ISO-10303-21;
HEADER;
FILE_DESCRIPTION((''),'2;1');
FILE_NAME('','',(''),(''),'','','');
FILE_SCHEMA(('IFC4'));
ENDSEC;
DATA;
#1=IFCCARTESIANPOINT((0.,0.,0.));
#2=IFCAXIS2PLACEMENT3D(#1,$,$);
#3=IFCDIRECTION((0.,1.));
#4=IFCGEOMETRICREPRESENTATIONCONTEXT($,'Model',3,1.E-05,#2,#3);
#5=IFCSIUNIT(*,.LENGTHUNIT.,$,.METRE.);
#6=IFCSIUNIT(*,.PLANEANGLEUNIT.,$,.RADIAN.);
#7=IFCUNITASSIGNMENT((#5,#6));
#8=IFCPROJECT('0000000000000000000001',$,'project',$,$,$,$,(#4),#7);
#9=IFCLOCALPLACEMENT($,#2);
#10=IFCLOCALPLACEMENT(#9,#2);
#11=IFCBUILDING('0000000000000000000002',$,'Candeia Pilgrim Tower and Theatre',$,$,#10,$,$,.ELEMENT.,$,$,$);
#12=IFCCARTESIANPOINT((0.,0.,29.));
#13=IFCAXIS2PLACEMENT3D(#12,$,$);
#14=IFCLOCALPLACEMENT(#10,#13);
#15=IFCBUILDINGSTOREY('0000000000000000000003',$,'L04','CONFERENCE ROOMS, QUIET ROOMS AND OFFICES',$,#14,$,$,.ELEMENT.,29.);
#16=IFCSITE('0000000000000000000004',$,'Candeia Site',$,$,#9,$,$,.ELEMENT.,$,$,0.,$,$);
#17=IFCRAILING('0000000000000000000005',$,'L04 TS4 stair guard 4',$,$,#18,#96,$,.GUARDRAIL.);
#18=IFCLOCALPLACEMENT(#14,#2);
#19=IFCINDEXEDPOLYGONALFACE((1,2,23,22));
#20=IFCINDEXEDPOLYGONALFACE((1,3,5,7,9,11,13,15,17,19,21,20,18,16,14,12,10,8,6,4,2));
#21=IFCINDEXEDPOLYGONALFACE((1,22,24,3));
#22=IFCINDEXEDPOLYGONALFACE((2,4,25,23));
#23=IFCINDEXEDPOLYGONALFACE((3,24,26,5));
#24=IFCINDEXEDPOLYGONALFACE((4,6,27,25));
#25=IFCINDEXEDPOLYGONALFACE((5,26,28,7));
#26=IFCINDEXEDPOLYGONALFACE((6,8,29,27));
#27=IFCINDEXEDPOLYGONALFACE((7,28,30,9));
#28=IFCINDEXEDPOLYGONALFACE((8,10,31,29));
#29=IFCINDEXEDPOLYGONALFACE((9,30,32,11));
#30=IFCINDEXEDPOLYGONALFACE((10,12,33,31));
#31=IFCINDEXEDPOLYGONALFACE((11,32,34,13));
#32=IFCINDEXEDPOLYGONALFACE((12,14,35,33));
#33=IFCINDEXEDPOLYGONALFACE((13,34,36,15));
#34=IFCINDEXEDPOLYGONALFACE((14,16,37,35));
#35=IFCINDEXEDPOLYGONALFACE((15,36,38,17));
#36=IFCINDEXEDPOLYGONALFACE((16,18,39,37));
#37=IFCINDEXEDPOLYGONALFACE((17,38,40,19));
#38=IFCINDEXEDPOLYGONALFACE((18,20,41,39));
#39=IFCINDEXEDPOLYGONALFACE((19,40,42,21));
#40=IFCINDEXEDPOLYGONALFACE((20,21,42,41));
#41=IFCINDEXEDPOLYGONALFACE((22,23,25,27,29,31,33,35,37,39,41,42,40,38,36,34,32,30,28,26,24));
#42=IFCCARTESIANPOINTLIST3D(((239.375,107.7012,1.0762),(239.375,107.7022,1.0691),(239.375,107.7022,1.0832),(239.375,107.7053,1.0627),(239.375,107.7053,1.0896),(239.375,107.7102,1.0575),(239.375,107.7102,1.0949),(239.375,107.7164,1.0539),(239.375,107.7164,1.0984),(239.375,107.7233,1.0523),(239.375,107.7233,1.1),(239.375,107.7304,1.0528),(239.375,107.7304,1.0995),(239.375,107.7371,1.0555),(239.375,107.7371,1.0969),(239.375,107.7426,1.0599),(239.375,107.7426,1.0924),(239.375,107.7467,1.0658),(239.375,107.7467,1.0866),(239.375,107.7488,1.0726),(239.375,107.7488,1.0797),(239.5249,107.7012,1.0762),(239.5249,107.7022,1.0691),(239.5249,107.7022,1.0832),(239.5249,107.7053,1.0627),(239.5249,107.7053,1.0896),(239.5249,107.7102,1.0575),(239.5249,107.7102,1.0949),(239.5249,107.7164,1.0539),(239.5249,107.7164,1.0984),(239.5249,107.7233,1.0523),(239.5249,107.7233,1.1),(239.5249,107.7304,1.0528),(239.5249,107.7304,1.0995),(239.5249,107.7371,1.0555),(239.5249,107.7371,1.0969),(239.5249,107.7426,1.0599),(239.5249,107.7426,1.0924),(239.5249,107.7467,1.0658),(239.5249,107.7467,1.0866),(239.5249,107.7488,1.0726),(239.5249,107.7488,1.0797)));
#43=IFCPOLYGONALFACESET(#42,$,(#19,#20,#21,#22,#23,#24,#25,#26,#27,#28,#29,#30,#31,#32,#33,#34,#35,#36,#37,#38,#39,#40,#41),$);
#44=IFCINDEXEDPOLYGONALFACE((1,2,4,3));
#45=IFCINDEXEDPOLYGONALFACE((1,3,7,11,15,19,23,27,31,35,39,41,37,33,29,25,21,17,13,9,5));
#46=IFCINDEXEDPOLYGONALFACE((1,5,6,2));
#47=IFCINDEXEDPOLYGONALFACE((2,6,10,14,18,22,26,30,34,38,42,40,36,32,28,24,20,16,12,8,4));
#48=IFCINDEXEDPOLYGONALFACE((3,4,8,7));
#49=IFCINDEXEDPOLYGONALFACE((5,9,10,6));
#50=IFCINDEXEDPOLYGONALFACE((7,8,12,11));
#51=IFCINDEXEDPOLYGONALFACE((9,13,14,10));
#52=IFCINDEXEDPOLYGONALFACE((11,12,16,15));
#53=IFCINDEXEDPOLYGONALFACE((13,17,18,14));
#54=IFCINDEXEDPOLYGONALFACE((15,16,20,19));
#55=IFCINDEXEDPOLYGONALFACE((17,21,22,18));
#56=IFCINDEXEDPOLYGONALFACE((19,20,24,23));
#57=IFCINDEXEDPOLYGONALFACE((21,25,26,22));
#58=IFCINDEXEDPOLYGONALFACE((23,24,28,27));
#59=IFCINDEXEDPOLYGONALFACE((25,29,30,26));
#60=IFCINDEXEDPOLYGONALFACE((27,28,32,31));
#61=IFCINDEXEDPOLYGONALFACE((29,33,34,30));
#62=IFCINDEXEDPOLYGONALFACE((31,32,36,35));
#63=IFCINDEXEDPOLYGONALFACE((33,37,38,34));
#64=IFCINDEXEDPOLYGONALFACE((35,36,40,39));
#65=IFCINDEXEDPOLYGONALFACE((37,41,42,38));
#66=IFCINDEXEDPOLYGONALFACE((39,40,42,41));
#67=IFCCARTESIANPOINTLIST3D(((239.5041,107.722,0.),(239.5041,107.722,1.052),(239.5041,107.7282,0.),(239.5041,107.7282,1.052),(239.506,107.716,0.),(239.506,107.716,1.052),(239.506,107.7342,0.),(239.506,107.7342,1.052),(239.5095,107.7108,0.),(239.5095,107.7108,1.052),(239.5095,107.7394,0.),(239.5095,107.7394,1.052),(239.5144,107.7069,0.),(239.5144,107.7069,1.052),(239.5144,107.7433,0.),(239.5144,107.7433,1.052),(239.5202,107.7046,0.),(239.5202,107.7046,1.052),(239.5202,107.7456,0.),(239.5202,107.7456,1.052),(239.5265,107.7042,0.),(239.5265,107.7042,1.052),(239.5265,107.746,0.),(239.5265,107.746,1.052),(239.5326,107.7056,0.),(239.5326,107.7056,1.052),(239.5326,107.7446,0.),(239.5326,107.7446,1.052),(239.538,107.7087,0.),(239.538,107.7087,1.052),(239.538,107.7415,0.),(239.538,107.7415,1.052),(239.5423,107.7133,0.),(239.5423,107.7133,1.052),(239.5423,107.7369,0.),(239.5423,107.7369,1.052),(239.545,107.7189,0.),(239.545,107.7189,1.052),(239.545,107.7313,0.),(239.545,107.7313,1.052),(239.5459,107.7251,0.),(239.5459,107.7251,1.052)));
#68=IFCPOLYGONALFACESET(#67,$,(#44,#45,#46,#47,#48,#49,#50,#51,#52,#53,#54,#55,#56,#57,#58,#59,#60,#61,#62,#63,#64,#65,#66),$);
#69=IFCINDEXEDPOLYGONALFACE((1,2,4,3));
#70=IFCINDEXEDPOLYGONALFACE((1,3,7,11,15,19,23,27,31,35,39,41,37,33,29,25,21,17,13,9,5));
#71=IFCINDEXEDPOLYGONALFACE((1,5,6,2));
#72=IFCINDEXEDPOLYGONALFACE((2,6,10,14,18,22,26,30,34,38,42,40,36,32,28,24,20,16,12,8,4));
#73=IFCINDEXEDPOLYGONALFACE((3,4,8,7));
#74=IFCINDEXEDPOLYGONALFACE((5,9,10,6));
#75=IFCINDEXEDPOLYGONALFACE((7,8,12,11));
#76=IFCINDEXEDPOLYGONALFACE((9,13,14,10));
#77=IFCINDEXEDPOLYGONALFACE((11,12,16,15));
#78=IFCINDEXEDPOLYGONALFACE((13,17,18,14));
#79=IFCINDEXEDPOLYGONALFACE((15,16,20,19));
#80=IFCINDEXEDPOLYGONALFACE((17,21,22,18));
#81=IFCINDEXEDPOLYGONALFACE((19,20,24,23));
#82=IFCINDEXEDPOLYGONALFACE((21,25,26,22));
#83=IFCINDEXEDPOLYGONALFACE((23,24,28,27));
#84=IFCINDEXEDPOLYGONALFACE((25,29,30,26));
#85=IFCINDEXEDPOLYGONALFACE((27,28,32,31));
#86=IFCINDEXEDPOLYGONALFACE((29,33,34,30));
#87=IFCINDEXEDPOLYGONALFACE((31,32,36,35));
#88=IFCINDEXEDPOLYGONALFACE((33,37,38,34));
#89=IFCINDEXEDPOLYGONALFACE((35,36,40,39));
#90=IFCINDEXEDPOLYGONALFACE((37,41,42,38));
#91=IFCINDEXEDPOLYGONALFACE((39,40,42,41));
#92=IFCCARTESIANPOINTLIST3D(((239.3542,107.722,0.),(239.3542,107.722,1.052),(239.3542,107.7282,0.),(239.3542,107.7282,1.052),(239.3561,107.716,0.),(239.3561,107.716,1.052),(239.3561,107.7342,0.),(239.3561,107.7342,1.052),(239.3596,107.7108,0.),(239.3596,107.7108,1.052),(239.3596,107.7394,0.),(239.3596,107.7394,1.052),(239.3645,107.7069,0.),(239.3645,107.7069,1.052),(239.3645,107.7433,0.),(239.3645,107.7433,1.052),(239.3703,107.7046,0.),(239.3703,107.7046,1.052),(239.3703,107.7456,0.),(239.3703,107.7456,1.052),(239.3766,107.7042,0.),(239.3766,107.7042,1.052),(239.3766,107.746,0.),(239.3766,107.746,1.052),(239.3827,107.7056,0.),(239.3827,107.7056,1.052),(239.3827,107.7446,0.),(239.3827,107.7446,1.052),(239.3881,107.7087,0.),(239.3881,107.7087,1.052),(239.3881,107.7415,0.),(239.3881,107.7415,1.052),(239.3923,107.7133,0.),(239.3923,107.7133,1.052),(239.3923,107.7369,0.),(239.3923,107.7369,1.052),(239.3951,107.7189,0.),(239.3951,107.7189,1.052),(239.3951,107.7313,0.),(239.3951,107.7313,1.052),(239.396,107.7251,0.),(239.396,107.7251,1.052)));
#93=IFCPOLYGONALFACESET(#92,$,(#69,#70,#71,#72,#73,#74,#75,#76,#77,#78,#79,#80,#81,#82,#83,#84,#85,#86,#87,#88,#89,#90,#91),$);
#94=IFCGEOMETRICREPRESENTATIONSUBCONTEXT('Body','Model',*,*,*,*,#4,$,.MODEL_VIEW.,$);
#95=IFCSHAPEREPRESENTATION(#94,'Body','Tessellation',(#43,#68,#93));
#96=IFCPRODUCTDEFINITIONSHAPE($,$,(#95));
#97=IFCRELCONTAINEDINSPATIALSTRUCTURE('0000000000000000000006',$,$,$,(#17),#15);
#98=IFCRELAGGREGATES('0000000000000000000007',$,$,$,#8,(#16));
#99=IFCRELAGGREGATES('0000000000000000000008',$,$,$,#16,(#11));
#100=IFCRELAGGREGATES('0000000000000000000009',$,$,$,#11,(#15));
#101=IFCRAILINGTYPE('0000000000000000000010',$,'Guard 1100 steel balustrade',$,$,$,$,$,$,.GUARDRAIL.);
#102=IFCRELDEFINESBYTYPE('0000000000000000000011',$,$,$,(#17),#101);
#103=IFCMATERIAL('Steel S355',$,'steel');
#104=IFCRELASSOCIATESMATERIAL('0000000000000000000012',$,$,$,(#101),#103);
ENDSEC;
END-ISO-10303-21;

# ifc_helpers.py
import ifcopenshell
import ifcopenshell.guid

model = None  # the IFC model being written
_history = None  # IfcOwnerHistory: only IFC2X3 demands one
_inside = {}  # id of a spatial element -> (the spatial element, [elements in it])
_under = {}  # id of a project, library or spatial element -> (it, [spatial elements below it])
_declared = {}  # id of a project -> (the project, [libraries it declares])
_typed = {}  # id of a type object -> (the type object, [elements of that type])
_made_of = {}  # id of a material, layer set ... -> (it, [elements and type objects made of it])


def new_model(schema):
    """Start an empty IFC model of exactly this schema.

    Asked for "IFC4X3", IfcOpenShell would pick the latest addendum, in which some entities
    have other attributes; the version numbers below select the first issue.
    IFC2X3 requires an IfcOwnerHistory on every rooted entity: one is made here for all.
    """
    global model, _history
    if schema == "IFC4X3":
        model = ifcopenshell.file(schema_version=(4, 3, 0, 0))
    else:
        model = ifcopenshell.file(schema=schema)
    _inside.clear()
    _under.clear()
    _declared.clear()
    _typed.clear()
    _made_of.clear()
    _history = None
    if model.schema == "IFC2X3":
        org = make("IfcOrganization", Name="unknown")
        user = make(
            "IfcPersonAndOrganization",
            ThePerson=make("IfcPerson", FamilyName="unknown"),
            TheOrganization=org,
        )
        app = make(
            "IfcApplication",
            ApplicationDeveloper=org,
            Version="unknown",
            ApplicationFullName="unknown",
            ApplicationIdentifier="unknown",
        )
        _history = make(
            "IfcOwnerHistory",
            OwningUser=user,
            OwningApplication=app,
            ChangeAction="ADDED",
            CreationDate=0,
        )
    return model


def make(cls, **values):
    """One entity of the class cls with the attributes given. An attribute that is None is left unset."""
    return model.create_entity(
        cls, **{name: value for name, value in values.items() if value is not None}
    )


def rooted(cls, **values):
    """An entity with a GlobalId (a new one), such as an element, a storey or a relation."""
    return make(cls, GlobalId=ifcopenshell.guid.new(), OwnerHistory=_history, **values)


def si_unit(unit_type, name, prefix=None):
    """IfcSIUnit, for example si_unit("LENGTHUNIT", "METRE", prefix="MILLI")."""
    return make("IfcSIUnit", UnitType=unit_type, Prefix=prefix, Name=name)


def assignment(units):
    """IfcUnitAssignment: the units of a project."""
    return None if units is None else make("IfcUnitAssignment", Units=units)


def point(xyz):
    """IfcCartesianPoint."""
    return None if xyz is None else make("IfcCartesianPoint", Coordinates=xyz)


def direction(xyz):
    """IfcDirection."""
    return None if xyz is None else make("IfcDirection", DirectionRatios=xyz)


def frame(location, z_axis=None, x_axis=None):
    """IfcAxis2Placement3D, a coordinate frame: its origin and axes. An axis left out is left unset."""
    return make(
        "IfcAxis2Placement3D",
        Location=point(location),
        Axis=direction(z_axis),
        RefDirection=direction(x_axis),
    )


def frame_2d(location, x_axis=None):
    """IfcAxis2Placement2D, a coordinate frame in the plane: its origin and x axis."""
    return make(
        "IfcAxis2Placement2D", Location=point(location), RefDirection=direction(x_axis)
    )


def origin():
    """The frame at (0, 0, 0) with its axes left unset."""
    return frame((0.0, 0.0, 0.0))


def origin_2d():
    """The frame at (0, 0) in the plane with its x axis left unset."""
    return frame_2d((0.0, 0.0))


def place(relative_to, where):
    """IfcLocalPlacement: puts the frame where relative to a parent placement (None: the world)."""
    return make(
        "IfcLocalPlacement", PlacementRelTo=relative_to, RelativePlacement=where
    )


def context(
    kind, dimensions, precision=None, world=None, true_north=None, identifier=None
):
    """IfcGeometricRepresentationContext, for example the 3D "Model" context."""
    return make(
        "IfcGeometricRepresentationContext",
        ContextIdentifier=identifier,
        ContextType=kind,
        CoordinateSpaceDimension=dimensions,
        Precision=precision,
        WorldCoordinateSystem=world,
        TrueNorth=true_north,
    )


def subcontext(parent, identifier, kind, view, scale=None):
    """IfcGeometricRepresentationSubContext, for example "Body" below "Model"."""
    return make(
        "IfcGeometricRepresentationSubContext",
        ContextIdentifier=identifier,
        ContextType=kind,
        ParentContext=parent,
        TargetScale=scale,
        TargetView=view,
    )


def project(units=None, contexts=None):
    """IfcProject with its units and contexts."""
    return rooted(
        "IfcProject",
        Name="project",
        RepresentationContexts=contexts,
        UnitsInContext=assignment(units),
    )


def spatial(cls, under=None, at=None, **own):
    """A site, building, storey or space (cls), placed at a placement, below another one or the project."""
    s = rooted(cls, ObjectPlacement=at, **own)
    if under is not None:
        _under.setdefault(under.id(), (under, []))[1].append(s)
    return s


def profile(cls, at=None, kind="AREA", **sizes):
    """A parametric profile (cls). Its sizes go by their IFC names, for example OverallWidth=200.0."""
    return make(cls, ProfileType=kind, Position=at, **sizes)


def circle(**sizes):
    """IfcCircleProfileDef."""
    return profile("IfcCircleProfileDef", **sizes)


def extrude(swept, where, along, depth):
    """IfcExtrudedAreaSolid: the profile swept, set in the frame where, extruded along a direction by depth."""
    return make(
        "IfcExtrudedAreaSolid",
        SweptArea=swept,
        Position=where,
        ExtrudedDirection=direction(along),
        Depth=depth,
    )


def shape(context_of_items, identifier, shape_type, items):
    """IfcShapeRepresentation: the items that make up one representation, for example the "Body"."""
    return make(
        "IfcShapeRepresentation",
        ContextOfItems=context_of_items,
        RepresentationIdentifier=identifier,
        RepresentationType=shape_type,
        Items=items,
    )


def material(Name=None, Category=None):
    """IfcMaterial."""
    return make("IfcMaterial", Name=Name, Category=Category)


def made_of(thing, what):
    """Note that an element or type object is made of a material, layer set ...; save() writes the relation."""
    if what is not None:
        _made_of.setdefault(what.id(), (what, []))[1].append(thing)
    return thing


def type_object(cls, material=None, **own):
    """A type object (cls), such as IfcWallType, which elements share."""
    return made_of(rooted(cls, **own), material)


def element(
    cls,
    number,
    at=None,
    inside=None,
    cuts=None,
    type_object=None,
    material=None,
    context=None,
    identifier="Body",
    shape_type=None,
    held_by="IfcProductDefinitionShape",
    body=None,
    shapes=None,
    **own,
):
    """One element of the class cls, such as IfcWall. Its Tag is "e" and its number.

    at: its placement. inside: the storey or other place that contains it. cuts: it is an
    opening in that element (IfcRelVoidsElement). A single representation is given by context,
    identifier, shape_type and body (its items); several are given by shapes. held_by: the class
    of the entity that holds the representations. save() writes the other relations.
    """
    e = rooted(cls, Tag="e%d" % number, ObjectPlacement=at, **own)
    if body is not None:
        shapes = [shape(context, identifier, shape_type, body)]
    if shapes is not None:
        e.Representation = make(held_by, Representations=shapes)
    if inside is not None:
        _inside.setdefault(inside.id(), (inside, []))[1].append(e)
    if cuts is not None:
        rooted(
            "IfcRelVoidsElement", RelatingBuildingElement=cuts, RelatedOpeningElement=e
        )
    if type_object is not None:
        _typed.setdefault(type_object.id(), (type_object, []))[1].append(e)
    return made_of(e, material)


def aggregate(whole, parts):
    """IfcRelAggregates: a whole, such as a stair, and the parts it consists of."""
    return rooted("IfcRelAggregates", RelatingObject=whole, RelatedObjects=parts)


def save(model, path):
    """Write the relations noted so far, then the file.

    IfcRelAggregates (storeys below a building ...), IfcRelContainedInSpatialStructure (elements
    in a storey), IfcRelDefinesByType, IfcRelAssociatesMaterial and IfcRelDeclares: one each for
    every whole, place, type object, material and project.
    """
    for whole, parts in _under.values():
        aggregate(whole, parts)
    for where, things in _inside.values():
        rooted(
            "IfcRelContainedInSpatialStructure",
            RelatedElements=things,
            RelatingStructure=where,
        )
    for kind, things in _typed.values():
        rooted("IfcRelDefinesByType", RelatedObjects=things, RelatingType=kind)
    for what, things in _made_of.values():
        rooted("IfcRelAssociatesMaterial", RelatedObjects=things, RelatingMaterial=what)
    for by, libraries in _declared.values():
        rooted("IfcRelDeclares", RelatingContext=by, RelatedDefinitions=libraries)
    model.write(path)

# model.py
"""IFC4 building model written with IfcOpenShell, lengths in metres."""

from ifc_helpers import new_model, si_unit, direction, frame, origin, origin_2d, place, context, subcontext, project, spatial, circle, extrude, material, type_object, element, save


model = new_model("IFC4")

# Units and contexts
model_context = context("Model", 3, precision=1e-05, world=origin(), true_north=direction((0.0, 1.0)))
body_context = subcontext(model_context, "Body", "Model", "MODEL_VIEW")
ifc_project = project(units=[si_unit("LENGTHUNIT", "METRE"), si_unit("PLANEANGLEUNIT", "RADIAN")], contexts=[model_context])

# Site, building, storey
site_placement = place(None, origin())
site = spatial("IfcSite", under=ifc_project, at=site_placement, Name="Candeia Site", CompositionType="ELEMENT", RefElevation=0.0)
building_placement = place(site_placement, origin())
building = spatial("IfcBuilding", under=site, at=building_placement, Name="Candeia Pilgrim Tower and Theatre", CompositionType="ELEMENT")
storey_placement = place(building_placement, frame((0.0, 0.0, 29.0)))
storey = spatial("IfcBuildingStorey", under=building, at=storey_placement, Name="L04", Description="CONFERENCE ROOMS, QUIET ROOMS AND OFFICES", CompositionType="ELEMENT", Elevation=29.0)

# Railing
ifc_material_1 = material(Name="Steel S355", Category="steel")
railing_type_1 = type_object("IfcRailingType", Name="Guard 1100 steel balustrade", PredefinedType="GUARDRAIL", material=ifc_material_1)
railing_1_placement = place(storey_placement, frame((239.5249, 107.7251, 0.0)))
element("IfcRailing", 1, at=railing_1_placement, inside=storey, type_object=railing_type_1, Name="L04 TS4 stair guard 4", PredefinedType="GUARDRAIL", context=body_context, shape_type="SweptSolid", body=[
    extrude(circle(Radius=0.0239, at=origin_2d()), frame((0.0, 0.0, 1.0762), z_axis=(-1.0, 0.0, 0.0), x_axis=(0.0, -1.0, 0.0)), (0.0, 0.0, 1.0), 0.1499),
    extrude(circle(Radius=0.021, at=origin_2d()), origin(), (0.0, 0.0, 1.0), 1.052),
    extrude(circle(Radius=0.021, at=origin_2d()), frame((-0.1499, 0.0, 0.0)), (0.0, 0.0, 1.0), 1.052),
])

save(model, "model.ifc")
